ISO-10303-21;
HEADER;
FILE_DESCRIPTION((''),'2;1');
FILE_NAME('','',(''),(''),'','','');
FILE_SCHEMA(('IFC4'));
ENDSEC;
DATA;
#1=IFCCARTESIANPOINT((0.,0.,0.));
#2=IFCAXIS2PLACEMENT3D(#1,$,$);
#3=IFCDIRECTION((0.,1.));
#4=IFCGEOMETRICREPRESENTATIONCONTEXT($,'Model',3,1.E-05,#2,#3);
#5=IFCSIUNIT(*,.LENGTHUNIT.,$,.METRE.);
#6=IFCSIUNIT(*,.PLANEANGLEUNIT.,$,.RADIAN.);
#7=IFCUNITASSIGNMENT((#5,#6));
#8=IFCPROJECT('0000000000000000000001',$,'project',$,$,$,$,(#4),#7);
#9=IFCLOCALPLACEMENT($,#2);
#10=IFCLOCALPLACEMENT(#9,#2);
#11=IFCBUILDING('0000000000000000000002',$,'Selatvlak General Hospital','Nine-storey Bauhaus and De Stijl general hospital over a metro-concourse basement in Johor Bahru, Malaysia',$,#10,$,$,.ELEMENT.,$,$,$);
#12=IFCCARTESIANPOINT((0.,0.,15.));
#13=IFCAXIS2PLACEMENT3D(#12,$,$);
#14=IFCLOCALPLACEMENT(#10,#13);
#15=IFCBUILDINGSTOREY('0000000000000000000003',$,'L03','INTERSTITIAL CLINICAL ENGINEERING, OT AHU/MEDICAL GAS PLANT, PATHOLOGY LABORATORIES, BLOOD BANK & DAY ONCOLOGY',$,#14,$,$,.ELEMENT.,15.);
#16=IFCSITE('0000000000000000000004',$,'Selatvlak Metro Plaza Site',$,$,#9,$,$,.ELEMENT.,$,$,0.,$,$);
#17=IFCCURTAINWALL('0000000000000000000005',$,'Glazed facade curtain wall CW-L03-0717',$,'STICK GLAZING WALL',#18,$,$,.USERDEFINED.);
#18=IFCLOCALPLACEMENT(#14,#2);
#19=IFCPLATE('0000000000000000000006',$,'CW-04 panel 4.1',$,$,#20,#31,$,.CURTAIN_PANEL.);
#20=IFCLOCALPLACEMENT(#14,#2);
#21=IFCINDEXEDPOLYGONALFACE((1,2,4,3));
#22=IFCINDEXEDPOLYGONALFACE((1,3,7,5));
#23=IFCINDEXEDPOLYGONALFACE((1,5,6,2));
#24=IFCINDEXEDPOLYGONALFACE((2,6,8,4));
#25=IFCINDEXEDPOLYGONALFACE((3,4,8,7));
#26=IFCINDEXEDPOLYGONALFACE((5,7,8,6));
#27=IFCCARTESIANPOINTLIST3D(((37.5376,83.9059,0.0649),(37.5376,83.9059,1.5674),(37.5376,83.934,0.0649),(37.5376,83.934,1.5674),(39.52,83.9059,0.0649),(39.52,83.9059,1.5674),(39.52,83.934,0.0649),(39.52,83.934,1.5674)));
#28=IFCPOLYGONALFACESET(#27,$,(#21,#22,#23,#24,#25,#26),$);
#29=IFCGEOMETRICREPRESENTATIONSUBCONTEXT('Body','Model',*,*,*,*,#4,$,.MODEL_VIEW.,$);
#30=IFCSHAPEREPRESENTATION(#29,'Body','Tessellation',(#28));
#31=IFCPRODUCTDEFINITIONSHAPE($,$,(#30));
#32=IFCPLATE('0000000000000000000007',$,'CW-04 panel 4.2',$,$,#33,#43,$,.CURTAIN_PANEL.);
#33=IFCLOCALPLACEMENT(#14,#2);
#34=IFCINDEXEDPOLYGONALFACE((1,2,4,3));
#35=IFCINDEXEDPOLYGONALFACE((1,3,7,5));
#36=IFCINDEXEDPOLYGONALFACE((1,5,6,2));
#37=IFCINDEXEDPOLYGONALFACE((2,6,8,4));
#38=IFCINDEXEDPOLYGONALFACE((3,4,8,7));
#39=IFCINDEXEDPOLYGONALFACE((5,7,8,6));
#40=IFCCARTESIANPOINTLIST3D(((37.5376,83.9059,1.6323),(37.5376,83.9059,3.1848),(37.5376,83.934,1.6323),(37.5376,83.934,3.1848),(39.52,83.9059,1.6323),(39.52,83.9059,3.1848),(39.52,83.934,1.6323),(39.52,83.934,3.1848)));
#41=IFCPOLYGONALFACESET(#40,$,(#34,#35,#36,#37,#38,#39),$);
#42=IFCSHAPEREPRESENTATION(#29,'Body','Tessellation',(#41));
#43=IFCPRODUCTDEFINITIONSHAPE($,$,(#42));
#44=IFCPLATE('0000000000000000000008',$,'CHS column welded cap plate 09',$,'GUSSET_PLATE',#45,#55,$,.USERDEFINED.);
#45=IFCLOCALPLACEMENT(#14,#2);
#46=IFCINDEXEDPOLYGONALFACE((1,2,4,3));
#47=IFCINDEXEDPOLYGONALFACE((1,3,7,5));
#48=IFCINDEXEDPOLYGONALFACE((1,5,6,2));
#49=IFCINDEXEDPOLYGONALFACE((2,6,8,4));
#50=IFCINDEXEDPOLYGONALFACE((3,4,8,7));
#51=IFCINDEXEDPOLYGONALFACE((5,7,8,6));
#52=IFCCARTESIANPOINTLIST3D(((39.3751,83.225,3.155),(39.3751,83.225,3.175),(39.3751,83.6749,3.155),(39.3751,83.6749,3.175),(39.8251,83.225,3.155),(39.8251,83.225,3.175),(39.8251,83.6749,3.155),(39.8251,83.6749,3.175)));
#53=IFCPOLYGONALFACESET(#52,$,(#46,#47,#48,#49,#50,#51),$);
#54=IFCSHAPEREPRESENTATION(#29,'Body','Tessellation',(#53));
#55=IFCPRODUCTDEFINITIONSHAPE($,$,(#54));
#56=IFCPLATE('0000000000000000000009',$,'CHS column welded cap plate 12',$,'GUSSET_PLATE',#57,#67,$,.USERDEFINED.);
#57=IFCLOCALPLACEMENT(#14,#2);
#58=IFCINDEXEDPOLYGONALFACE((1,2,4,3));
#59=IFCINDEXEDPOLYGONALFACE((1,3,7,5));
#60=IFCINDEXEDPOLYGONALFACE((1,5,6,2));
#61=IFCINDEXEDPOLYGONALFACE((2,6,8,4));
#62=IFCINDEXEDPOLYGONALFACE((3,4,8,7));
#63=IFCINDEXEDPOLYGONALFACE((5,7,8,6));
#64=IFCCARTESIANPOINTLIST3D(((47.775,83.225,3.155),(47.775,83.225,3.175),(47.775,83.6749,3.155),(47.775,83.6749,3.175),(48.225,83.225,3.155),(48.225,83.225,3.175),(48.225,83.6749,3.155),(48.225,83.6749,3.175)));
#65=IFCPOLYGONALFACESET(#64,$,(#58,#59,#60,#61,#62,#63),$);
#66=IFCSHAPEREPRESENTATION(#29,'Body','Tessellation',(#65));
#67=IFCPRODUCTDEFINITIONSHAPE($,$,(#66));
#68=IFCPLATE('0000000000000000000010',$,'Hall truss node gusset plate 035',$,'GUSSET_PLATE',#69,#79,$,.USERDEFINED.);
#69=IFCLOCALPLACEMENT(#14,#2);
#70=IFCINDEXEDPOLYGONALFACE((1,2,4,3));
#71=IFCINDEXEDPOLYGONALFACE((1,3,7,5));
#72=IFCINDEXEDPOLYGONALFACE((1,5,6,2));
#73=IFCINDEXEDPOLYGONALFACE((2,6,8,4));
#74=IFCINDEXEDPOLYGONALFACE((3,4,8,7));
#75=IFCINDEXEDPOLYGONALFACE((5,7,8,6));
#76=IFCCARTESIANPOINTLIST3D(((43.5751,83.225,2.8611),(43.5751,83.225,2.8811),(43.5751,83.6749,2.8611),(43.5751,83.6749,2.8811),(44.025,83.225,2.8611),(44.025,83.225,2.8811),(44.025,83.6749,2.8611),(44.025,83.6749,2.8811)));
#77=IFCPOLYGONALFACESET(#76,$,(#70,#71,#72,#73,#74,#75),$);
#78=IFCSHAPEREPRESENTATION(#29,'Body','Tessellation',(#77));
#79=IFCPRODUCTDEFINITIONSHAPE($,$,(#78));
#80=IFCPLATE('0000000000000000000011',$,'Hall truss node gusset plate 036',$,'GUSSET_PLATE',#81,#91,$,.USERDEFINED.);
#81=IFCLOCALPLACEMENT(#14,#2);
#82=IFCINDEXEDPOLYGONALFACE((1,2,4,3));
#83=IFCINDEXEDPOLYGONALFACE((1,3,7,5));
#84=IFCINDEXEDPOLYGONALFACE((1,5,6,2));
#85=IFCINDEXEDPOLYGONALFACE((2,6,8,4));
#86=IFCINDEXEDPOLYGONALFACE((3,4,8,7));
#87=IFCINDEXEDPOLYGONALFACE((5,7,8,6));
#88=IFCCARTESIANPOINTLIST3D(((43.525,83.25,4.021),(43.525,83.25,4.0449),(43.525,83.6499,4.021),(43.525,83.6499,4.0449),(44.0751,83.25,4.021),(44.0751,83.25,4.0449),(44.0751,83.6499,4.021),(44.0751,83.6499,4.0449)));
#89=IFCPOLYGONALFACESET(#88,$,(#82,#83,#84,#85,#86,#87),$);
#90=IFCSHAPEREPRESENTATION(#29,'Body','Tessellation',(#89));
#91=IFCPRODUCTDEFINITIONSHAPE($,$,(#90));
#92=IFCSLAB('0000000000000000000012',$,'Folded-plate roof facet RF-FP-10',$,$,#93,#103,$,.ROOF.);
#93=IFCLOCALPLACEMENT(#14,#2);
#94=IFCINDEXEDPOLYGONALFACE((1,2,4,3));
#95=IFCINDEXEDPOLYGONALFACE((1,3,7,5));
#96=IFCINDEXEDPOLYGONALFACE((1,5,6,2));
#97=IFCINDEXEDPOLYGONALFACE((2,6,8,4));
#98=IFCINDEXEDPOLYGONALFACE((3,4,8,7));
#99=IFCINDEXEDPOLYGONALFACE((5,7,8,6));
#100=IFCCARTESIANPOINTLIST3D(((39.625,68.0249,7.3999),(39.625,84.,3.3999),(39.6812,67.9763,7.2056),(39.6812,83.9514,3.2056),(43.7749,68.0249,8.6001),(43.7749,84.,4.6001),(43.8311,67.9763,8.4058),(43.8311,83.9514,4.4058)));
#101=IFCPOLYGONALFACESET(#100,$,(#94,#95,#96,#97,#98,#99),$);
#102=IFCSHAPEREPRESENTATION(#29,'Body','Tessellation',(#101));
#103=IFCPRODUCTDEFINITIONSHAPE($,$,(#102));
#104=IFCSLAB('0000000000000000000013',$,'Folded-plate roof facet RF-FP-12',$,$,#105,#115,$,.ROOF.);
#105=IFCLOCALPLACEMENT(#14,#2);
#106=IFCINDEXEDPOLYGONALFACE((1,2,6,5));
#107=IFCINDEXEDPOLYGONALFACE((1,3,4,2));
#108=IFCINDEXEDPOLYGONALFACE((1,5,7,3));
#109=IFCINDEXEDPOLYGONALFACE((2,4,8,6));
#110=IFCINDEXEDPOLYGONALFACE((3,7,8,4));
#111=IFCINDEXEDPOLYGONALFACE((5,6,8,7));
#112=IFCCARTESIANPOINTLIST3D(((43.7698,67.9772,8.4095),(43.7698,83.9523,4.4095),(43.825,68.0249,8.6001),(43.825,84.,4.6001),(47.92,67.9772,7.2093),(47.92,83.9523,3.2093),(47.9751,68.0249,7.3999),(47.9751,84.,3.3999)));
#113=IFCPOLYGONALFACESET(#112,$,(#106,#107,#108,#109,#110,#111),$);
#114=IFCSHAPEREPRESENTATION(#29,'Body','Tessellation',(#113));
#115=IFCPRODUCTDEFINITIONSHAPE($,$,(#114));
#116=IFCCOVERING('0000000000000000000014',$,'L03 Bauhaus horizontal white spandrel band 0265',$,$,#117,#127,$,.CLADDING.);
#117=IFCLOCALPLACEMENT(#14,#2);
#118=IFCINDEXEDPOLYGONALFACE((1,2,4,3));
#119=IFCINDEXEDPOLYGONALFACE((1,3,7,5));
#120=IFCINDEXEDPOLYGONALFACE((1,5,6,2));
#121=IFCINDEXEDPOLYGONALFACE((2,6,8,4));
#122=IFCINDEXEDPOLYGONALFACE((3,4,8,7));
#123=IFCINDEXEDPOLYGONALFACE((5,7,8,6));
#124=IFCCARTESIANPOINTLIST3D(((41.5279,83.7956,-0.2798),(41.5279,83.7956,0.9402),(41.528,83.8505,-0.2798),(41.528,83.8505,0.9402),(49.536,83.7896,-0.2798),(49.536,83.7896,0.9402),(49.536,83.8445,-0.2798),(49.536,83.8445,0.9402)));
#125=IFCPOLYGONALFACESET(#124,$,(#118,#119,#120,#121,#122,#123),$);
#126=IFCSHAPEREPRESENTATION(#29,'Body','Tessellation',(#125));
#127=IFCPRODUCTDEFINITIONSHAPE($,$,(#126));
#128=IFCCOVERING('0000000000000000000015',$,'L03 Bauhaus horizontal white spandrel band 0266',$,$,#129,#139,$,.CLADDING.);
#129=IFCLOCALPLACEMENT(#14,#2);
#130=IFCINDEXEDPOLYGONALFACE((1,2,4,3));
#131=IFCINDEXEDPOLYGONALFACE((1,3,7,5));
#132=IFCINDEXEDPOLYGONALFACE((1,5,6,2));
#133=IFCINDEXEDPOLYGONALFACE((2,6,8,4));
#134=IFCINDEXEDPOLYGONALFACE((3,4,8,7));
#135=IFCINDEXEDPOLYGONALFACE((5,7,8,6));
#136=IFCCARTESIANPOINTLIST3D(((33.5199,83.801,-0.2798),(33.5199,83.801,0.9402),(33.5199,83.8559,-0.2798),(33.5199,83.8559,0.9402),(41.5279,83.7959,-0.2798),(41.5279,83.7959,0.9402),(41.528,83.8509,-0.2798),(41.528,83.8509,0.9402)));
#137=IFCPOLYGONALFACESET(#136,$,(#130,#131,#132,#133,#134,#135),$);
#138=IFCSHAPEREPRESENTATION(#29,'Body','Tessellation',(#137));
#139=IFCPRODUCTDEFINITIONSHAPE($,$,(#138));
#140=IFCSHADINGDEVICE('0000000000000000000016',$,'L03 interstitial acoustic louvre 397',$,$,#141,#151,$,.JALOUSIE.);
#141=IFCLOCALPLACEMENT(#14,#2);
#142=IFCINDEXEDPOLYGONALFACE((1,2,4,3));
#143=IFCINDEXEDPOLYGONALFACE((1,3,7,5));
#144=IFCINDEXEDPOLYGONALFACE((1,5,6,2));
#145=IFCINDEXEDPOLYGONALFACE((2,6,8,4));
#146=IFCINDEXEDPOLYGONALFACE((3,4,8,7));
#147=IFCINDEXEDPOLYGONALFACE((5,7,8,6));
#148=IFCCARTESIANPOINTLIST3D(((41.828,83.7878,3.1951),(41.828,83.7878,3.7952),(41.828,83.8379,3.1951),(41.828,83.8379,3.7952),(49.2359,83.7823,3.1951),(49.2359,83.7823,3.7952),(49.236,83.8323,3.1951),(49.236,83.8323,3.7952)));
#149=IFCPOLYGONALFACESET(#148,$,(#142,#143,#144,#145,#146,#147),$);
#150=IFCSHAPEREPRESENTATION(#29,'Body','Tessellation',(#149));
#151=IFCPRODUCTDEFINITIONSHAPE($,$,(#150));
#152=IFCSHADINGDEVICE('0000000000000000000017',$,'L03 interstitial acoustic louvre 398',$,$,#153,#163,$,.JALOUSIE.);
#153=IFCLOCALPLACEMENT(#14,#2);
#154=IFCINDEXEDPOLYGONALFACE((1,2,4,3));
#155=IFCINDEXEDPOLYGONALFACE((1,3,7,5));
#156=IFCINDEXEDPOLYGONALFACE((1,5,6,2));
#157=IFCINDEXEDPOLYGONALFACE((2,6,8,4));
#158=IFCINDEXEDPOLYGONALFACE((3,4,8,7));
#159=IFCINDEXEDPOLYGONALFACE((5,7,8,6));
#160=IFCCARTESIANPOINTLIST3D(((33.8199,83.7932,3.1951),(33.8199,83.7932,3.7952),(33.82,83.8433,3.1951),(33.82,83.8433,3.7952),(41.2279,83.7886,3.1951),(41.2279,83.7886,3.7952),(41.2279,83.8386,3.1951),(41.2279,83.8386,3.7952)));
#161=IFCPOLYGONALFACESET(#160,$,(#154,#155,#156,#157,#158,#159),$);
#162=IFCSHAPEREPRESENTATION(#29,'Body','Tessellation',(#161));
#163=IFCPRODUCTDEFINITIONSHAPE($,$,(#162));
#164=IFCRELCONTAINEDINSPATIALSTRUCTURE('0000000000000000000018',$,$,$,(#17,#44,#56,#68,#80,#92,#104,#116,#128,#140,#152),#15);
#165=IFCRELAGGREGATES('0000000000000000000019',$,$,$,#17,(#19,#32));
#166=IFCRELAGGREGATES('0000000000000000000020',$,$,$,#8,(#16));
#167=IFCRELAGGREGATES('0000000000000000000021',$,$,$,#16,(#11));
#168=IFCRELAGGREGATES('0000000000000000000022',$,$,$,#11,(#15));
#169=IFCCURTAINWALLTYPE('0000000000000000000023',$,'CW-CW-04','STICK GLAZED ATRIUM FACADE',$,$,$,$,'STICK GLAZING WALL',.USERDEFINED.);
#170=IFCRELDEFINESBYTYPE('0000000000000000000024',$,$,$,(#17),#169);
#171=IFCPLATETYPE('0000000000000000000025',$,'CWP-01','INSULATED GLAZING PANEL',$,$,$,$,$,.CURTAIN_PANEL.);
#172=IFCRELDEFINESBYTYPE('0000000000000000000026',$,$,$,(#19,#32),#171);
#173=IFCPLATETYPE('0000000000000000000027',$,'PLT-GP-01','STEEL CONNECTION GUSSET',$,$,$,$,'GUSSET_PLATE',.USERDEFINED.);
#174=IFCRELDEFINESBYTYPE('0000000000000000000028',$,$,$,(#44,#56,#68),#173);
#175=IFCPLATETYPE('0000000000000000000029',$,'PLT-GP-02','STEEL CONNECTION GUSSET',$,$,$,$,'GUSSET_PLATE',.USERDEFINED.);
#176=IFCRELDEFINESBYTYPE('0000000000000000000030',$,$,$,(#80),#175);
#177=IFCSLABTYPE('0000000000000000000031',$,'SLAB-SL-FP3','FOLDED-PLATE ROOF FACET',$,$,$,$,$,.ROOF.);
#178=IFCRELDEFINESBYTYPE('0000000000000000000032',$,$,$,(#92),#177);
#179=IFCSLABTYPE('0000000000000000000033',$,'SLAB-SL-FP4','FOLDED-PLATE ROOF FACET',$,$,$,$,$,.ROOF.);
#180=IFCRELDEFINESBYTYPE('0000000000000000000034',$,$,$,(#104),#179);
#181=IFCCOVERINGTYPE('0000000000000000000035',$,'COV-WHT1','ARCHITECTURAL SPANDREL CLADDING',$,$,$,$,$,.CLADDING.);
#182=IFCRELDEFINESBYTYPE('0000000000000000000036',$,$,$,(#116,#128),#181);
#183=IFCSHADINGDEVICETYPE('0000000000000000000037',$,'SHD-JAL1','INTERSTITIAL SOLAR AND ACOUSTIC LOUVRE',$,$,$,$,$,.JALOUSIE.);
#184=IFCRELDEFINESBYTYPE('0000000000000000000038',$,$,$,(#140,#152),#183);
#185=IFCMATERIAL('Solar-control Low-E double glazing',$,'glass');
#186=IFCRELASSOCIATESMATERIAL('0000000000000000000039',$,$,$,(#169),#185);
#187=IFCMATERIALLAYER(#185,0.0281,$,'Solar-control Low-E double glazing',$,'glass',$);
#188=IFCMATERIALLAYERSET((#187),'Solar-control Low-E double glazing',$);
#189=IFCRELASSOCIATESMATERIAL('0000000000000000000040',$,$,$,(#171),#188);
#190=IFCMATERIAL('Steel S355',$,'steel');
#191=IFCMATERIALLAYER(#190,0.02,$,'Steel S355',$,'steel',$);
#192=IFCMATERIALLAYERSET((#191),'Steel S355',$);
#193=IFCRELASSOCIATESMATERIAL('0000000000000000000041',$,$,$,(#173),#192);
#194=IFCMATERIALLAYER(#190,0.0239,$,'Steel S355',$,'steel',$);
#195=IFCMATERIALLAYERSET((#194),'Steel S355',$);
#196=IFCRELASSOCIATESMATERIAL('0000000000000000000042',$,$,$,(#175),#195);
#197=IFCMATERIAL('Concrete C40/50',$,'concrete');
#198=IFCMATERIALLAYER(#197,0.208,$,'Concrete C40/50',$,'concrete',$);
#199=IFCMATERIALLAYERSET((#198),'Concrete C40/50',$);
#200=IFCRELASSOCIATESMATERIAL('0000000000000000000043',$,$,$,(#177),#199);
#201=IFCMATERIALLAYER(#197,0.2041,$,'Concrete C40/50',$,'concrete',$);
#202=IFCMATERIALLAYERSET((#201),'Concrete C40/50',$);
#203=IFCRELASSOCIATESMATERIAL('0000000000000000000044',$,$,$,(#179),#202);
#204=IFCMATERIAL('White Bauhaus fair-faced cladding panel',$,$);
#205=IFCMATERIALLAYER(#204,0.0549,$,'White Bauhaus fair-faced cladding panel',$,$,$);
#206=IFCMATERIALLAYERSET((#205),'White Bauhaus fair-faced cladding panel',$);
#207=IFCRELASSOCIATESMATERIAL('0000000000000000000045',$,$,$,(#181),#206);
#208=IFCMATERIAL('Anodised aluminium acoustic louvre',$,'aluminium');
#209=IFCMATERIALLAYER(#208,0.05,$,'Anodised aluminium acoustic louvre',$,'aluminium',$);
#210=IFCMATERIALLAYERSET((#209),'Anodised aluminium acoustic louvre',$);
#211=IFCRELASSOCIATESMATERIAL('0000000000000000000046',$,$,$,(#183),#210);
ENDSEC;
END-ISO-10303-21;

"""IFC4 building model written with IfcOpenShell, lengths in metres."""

from ifc_helpers import new_model, si_unit, direction, frame, origin, origin_2d, place, context, subcontext, project, spatial, polyline, rectangle, outline, extrude, material, layer, layer_set, type_object, element, aggregate, save


model = new_model("IFC4")

# Units and contexts
model_context = context("Model", 3, precision=1e-05, world=origin(), true_north=direction((0.0, 1.0)))
body_context = subcontext(model_context, "Body", "Model", "MODEL_VIEW")
ifc_project = project(units=[si_unit("LENGTHUNIT", "METRE"), si_unit("PLANEANGLEUNIT", "RADIAN")], contexts=[model_context])

# Site, building, storey
site_placement = place(None, origin())
site = spatial("IfcSite", under=ifc_project, at=site_placement, Name="Selatvlak Metro Plaza Site", CompositionType="ELEMENT", RefElevation=0.0)
building_placement = place(site_placement, origin())
building = spatial("IfcBuilding", under=site, at=building_placement, Name="Selatvlak General Hospital", Description="Nine-storey Bauhaus and De Stijl general hospital over a metro-concourse basement in Johor Bahru, Malaysia", CompositionType="ELEMENT")
storey_placement = place(building_placement, frame((0.0, 0.0, 15.0)))
storey = spatial("IfcBuildingStorey", under=building, at=storey_placement, Name="L03", Description="INTERSTITIAL CLINICAL ENGINEERING, OT AHU/MEDICAL GAS PLANT, PATHOLOGY LABORATORIES, BLOOD BANK & DAY ONCOLOGY", CompositionType="ELEMENT", Elevation=15.0)

# Shared definitions
ifc_material_1 = material(Name="Steel S355", Category="steel")

# Curtain wall
ifc_material_2 = material(Name="Solar-control Low-E double glazing", Category="glass")
curtain_wall_type = type_object("IfcCurtainWallType", Name="CW-CW-04", Description="STICK GLAZED ATRIUM FACADE", ElementType="STICK GLAZING WALL", PredefinedType="USERDEFINED", material=ifc_material_2)
curtain_wall_1_placement = place(storey_placement, origin())
curtain_wall_1 = element("IfcCurtainWall", 1, at=curtain_wall_1_placement, inside=storey, type_object=curtain_wall_type, Name="Glazed facade curtain wall CW-L03-0717", ObjectType="STICK GLAZING WALL", PredefinedType="USERDEFINED")

# Plates
ifc_layer_1 = layer(ifc_material_2, 0.0281, Name="Solar-control Low-E double glazing", Category="glass")
ifc_layer_set_1 = layer_set([ifc_layer_1], Name="Solar-control Low-E double glazing")
plate_type_1 = type_object("IfcPlateType", Name="CWP-01", Description="INSULATED GLAZING PANEL", PredefinedType="CURTAIN_PANEL", material=ifc_layer_set_1)
plate_1_placement = place(storey_placement, frame((38.5288, 83.9199, 0.0649), z_axis=(0.0, 0.0, 1.0), x_axis=(1.0, 0.0, 0.0)))
plate_1 = element("IfcPlate", 2, at=plate_1_placement, type_object=plate_type_1, Name="CW-04 panel 4.1", PredefinedType="CURTAIN_PANEL", context=body_context, shape_type="SweptSolid", body=[
    extrude(rectangle(XDim=1.9824, YDim=0.0281, at=origin_2d()), origin(), (0.0, 0.0, 1.0), 1.5024),
])
plate_2_placement = place(storey_placement, frame((38.5288, 83.9199, 1.6323), z_axis=(0.0, 0.0, 1.0), x_axis=(1.0, 0.0, 0.0)))
plate_2 = element("IfcPlate", 3, at=plate_2_placement, type_object=plate_type_1, Name="CW-04 panel 4.2", PredefinedType="CURTAIN_PANEL", context=body_context, shape_type="SweptSolid", body=[
    extrude(rectangle(XDim=1.9824, YDim=0.0281, at=origin_2d()), origin(), (0.0, 0.0, 1.0), 1.5525),
])
aggregate(curtain_wall_1, [plate_1, plate_2])

# Plates
ifc_layer_2 = layer(ifc_material_1, 0.02, Name="Steel S355", Category="steel")
ifc_layer_set_2 = layer_set([ifc_layer_2], Name="Steel S355")
plate_type_2 = type_object("IfcPlateType", Name="PLT-GP-01", Description="STEEL CONNECTION GUSSET", ElementType="GUSSET_PLATE", PredefinedType="USERDEFINED", material=ifc_layer_set_2)
for number, where, z_axis, x_axis, name in (
    (4, (39.6001, 83.45, 3.155), (0.0, 0.0, 1.0), (1.0, 0.0, 0.0), "CHS column welded cap plate 09"),
    (5, (48.0, 83.45, 3.155), (0.0, 0.0, 1.0), (1.0, 0.0, 0.0), "CHS column welded cap plate 12"),
    (6, (43.8, 83.45, 2.8611), (0.0, 0.0, 1.0), (1.0, 0.0, 0.0), "Hall truss node gusset plate 035"),
):
    element("IfcPlate", number, at=place(storey_placement, frame(where, z_axis=z_axis, x_axis=x_axis)), inside=storey, type_object=plate_type_2, Name=name, ObjectType="GUSSET_PLATE", PredefinedType="USERDEFINED", context=body_context, shape_type="SweptSolid", body=[
        extrude(rectangle(XDim=0.45, YDim=0.45, at=origin_2d()), origin(), (0.0, 0.0, 1.0), 0.02),
    ])
ifc_layer_3 = layer(ifc_material_1, 0.0239, Name="Steel S355", Category="steel")
ifc_layer_set_3 = layer_set([ifc_layer_3], Name="Steel S355")
plate_type_3 = type_object("IfcPlateType", Name="PLT-GP-02", Description="STEEL CONNECTION GUSSET", ElementType="GUSSET_PLATE", PredefinedType="USERDEFINED", material=ifc_layer_set_3)
plate_3_placement = place(storey_placement, frame((43.8, 83.45, 4.021), z_axis=(0.0, 0.0, 1.0), x_axis=(1.0, 0.0, 0.0)))
element("IfcPlate", 7, at=plate_3_placement, inside=storey, type_object=plate_type_3, Name="Hall truss node gusset plate 036", ObjectType="GUSSET_PLATE", PredefinedType="USERDEFINED", context=body_context, shape_type="SweptSolid", body=[
    extrude(rectangle(XDim=0.55, YDim=0.3999, at=origin_2d()), origin(), (0.0, 0.0, 1.0), 0.0239),
])

# Slabs
ifc_material_3 = material(Name="Concrete C40/50", Category="concrete")
ifc_layer_4 = layer(ifc_material_3, 0.208, Name="Concrete C40/50", Category="concrete")
ifc_layer_set_4 = layer_set([ifc_layer_4], Name="Concrete C40/50")
slab_type_1 = type_object("IfcSlabType", Name="SLAB-SL-FP3", Description="FOLDED-PLATE ROOF FACET", PredefinedType="ROOF", material=ifc_layer_set_4)
slab_1_placement = place(storey_placement, frame((39.625, 68.0249, 7.3999), z_axis=(-0.270121, 0.233862, 0.933993), x_axis=(0.960632, 0.0, 0.277825)))
element("IfcSlab", 8, at=slab_1_placement, inside=storey, type_object=slab_type_1, Name="Folded-plate roof facet RF-FP-10", PredefinedType="ROOF", context=body_context, shape_type="SweptSolid", body=[
    extrude(outline(polyline([(0.0, 0.0), (4.32, 0.0), (3.2087, 16.4307), (-1.1113, 16.4307), (0.0, 0.0)])), origin(), (0.0, 0.0, -1.0), 0.208),
])
ifc_layer_5 = layer(ifc_material_3, 0.2041, Name="Concrete C40/50", Category="concrete")
ifc_layer_set_5 = layer_set([ifc_layer_5], Name="Concrete C40/50")
slab_type_2 = type_object("IfcSlabType", Name="SLAB-SL-FP4", Description="FOLDED-PLATE ROOF FACET", PredefinedType="ROOF", material=ifc_layer_set_5)
slab_2_placement = place(storey_placement, frame((43.825, 68.0249, 8.6001), z_axis=(0.270106, 0.233863, 0.933997), x_axis=(0.960636, 0.0, -0.27781)))
element("IfcSlab", 9, at=slab_2_placement, inside=storey, type_object=slab_type_2, Name="Folded-plate roof facet RF-FP-12", PredefinedType="ROOF", context=body_context, shape_type="SweptSolid", body=[
    extrude(outline(polyline([(0.0, 0.0), (4.3202, 0.0), (5.4314, 16.4307), (1.1112, 16.4307), (0.0, 0.0)])), origin(), (0.0, 0.0, -1.0), 0.2041),
])

# Coverings
ifc_material_4 = material(Name="White Bauhaus fair-faced cladding panel")
ifc_layer_6 = layer(ifc_material_4, 0.0549, Name="White Bauhaus fair-faced cladding panel")
ifc_layer_set_6 = layer_set([ifc_layer_6], Name="White Bauhaus fair-faced cladding panel")
covering_type = type_object("IfcCoveringType", Name="COV-WHT1", Description="ARCHITECTURAL SPANDREL CLADDING", PredefinedType="CLADDING", material=ifc_layer_set_6)
for number, where, z_axis, x_axis, name in (
    (10, (45.532, 83.8201, -0.2798), (0.0, 0.0, 1.0), (-1.0, 0.00075, 0.0), "L03 Bauhaus horizontal white spandrel band 0265"),
    (11, (37.5239, 83.8259, -0.2798), (0.0, 0.0, 1.0), (-1.0, 0.000628, 0.0), "L03 Bauhaus horizontal white spandrel band 0266"),
):
    element("IfcCovering", number, at=place(storey_placement, frame(where, z_axis=z_axis, x_axis=x_axis)), inside=storey, type_object=covering_type, Name=name, PredefinedType="CLADDING", context=body_context, shape_type="SweptSolid", body=[
        extrude(rectangle(XDim=8.0081, YDim=0.0549, at=origin_2d()), origin(), (0.0, 0.0, 1.0), 1.22),
    ])

# Shading devices
ifc_material_5 = material(Name="Anodised aluminium acoustic louvre", Category="aluminium")
ifc_layer_7 = layer(ifc_material_5, 0.05, Name="Anodised aluminium acoustic louvre", Category="aluminium")
ifc_layer_set_7 = layer_set([ifc_layer_7], Name="Anodised aluminium acoustic louvre")
shading_device_type = type_object("IfcShadingDeviceType", Name="SHD-JAL1", Description="INTERSTITIAL SOLAR AND ACOUSTIC LOUVRE", PredefinedType="JALOUSIE", material=ifc_layer_set_7)
for number, where, z_axis, x_axis, name in (
    (12, (45.532, 83.8101, 3.1951), (0.0, 0.0, 1.0), (-1.0, 0.00075, 0.0), "L03 interstitial acoustic louvre 397"),
    (13, (37.5239, 83.8159, 3.1951), (0.0, 0.0, 1.0), (-1.0, 0.000628, 0.0), "L03 interstitial acoustic louvre 398"),
):
    element("IfcShadingDevice", number, at=place(storey_placement, frame(where, z_axis=z_axis, x_axis=x_axis)), inside=storey, type_object=shading_device_type, Name=name, PredefinedType="JALOUSIE", context=body_context, shape_type="SweptSolid", body=[
        extrude(rectangle(XDim=7.408, YDim=0.05, at=origin_2d()), origin(), (0.0, 0.0, 1.0), 0.6001),
    ])

save(model, "model.ifc")
